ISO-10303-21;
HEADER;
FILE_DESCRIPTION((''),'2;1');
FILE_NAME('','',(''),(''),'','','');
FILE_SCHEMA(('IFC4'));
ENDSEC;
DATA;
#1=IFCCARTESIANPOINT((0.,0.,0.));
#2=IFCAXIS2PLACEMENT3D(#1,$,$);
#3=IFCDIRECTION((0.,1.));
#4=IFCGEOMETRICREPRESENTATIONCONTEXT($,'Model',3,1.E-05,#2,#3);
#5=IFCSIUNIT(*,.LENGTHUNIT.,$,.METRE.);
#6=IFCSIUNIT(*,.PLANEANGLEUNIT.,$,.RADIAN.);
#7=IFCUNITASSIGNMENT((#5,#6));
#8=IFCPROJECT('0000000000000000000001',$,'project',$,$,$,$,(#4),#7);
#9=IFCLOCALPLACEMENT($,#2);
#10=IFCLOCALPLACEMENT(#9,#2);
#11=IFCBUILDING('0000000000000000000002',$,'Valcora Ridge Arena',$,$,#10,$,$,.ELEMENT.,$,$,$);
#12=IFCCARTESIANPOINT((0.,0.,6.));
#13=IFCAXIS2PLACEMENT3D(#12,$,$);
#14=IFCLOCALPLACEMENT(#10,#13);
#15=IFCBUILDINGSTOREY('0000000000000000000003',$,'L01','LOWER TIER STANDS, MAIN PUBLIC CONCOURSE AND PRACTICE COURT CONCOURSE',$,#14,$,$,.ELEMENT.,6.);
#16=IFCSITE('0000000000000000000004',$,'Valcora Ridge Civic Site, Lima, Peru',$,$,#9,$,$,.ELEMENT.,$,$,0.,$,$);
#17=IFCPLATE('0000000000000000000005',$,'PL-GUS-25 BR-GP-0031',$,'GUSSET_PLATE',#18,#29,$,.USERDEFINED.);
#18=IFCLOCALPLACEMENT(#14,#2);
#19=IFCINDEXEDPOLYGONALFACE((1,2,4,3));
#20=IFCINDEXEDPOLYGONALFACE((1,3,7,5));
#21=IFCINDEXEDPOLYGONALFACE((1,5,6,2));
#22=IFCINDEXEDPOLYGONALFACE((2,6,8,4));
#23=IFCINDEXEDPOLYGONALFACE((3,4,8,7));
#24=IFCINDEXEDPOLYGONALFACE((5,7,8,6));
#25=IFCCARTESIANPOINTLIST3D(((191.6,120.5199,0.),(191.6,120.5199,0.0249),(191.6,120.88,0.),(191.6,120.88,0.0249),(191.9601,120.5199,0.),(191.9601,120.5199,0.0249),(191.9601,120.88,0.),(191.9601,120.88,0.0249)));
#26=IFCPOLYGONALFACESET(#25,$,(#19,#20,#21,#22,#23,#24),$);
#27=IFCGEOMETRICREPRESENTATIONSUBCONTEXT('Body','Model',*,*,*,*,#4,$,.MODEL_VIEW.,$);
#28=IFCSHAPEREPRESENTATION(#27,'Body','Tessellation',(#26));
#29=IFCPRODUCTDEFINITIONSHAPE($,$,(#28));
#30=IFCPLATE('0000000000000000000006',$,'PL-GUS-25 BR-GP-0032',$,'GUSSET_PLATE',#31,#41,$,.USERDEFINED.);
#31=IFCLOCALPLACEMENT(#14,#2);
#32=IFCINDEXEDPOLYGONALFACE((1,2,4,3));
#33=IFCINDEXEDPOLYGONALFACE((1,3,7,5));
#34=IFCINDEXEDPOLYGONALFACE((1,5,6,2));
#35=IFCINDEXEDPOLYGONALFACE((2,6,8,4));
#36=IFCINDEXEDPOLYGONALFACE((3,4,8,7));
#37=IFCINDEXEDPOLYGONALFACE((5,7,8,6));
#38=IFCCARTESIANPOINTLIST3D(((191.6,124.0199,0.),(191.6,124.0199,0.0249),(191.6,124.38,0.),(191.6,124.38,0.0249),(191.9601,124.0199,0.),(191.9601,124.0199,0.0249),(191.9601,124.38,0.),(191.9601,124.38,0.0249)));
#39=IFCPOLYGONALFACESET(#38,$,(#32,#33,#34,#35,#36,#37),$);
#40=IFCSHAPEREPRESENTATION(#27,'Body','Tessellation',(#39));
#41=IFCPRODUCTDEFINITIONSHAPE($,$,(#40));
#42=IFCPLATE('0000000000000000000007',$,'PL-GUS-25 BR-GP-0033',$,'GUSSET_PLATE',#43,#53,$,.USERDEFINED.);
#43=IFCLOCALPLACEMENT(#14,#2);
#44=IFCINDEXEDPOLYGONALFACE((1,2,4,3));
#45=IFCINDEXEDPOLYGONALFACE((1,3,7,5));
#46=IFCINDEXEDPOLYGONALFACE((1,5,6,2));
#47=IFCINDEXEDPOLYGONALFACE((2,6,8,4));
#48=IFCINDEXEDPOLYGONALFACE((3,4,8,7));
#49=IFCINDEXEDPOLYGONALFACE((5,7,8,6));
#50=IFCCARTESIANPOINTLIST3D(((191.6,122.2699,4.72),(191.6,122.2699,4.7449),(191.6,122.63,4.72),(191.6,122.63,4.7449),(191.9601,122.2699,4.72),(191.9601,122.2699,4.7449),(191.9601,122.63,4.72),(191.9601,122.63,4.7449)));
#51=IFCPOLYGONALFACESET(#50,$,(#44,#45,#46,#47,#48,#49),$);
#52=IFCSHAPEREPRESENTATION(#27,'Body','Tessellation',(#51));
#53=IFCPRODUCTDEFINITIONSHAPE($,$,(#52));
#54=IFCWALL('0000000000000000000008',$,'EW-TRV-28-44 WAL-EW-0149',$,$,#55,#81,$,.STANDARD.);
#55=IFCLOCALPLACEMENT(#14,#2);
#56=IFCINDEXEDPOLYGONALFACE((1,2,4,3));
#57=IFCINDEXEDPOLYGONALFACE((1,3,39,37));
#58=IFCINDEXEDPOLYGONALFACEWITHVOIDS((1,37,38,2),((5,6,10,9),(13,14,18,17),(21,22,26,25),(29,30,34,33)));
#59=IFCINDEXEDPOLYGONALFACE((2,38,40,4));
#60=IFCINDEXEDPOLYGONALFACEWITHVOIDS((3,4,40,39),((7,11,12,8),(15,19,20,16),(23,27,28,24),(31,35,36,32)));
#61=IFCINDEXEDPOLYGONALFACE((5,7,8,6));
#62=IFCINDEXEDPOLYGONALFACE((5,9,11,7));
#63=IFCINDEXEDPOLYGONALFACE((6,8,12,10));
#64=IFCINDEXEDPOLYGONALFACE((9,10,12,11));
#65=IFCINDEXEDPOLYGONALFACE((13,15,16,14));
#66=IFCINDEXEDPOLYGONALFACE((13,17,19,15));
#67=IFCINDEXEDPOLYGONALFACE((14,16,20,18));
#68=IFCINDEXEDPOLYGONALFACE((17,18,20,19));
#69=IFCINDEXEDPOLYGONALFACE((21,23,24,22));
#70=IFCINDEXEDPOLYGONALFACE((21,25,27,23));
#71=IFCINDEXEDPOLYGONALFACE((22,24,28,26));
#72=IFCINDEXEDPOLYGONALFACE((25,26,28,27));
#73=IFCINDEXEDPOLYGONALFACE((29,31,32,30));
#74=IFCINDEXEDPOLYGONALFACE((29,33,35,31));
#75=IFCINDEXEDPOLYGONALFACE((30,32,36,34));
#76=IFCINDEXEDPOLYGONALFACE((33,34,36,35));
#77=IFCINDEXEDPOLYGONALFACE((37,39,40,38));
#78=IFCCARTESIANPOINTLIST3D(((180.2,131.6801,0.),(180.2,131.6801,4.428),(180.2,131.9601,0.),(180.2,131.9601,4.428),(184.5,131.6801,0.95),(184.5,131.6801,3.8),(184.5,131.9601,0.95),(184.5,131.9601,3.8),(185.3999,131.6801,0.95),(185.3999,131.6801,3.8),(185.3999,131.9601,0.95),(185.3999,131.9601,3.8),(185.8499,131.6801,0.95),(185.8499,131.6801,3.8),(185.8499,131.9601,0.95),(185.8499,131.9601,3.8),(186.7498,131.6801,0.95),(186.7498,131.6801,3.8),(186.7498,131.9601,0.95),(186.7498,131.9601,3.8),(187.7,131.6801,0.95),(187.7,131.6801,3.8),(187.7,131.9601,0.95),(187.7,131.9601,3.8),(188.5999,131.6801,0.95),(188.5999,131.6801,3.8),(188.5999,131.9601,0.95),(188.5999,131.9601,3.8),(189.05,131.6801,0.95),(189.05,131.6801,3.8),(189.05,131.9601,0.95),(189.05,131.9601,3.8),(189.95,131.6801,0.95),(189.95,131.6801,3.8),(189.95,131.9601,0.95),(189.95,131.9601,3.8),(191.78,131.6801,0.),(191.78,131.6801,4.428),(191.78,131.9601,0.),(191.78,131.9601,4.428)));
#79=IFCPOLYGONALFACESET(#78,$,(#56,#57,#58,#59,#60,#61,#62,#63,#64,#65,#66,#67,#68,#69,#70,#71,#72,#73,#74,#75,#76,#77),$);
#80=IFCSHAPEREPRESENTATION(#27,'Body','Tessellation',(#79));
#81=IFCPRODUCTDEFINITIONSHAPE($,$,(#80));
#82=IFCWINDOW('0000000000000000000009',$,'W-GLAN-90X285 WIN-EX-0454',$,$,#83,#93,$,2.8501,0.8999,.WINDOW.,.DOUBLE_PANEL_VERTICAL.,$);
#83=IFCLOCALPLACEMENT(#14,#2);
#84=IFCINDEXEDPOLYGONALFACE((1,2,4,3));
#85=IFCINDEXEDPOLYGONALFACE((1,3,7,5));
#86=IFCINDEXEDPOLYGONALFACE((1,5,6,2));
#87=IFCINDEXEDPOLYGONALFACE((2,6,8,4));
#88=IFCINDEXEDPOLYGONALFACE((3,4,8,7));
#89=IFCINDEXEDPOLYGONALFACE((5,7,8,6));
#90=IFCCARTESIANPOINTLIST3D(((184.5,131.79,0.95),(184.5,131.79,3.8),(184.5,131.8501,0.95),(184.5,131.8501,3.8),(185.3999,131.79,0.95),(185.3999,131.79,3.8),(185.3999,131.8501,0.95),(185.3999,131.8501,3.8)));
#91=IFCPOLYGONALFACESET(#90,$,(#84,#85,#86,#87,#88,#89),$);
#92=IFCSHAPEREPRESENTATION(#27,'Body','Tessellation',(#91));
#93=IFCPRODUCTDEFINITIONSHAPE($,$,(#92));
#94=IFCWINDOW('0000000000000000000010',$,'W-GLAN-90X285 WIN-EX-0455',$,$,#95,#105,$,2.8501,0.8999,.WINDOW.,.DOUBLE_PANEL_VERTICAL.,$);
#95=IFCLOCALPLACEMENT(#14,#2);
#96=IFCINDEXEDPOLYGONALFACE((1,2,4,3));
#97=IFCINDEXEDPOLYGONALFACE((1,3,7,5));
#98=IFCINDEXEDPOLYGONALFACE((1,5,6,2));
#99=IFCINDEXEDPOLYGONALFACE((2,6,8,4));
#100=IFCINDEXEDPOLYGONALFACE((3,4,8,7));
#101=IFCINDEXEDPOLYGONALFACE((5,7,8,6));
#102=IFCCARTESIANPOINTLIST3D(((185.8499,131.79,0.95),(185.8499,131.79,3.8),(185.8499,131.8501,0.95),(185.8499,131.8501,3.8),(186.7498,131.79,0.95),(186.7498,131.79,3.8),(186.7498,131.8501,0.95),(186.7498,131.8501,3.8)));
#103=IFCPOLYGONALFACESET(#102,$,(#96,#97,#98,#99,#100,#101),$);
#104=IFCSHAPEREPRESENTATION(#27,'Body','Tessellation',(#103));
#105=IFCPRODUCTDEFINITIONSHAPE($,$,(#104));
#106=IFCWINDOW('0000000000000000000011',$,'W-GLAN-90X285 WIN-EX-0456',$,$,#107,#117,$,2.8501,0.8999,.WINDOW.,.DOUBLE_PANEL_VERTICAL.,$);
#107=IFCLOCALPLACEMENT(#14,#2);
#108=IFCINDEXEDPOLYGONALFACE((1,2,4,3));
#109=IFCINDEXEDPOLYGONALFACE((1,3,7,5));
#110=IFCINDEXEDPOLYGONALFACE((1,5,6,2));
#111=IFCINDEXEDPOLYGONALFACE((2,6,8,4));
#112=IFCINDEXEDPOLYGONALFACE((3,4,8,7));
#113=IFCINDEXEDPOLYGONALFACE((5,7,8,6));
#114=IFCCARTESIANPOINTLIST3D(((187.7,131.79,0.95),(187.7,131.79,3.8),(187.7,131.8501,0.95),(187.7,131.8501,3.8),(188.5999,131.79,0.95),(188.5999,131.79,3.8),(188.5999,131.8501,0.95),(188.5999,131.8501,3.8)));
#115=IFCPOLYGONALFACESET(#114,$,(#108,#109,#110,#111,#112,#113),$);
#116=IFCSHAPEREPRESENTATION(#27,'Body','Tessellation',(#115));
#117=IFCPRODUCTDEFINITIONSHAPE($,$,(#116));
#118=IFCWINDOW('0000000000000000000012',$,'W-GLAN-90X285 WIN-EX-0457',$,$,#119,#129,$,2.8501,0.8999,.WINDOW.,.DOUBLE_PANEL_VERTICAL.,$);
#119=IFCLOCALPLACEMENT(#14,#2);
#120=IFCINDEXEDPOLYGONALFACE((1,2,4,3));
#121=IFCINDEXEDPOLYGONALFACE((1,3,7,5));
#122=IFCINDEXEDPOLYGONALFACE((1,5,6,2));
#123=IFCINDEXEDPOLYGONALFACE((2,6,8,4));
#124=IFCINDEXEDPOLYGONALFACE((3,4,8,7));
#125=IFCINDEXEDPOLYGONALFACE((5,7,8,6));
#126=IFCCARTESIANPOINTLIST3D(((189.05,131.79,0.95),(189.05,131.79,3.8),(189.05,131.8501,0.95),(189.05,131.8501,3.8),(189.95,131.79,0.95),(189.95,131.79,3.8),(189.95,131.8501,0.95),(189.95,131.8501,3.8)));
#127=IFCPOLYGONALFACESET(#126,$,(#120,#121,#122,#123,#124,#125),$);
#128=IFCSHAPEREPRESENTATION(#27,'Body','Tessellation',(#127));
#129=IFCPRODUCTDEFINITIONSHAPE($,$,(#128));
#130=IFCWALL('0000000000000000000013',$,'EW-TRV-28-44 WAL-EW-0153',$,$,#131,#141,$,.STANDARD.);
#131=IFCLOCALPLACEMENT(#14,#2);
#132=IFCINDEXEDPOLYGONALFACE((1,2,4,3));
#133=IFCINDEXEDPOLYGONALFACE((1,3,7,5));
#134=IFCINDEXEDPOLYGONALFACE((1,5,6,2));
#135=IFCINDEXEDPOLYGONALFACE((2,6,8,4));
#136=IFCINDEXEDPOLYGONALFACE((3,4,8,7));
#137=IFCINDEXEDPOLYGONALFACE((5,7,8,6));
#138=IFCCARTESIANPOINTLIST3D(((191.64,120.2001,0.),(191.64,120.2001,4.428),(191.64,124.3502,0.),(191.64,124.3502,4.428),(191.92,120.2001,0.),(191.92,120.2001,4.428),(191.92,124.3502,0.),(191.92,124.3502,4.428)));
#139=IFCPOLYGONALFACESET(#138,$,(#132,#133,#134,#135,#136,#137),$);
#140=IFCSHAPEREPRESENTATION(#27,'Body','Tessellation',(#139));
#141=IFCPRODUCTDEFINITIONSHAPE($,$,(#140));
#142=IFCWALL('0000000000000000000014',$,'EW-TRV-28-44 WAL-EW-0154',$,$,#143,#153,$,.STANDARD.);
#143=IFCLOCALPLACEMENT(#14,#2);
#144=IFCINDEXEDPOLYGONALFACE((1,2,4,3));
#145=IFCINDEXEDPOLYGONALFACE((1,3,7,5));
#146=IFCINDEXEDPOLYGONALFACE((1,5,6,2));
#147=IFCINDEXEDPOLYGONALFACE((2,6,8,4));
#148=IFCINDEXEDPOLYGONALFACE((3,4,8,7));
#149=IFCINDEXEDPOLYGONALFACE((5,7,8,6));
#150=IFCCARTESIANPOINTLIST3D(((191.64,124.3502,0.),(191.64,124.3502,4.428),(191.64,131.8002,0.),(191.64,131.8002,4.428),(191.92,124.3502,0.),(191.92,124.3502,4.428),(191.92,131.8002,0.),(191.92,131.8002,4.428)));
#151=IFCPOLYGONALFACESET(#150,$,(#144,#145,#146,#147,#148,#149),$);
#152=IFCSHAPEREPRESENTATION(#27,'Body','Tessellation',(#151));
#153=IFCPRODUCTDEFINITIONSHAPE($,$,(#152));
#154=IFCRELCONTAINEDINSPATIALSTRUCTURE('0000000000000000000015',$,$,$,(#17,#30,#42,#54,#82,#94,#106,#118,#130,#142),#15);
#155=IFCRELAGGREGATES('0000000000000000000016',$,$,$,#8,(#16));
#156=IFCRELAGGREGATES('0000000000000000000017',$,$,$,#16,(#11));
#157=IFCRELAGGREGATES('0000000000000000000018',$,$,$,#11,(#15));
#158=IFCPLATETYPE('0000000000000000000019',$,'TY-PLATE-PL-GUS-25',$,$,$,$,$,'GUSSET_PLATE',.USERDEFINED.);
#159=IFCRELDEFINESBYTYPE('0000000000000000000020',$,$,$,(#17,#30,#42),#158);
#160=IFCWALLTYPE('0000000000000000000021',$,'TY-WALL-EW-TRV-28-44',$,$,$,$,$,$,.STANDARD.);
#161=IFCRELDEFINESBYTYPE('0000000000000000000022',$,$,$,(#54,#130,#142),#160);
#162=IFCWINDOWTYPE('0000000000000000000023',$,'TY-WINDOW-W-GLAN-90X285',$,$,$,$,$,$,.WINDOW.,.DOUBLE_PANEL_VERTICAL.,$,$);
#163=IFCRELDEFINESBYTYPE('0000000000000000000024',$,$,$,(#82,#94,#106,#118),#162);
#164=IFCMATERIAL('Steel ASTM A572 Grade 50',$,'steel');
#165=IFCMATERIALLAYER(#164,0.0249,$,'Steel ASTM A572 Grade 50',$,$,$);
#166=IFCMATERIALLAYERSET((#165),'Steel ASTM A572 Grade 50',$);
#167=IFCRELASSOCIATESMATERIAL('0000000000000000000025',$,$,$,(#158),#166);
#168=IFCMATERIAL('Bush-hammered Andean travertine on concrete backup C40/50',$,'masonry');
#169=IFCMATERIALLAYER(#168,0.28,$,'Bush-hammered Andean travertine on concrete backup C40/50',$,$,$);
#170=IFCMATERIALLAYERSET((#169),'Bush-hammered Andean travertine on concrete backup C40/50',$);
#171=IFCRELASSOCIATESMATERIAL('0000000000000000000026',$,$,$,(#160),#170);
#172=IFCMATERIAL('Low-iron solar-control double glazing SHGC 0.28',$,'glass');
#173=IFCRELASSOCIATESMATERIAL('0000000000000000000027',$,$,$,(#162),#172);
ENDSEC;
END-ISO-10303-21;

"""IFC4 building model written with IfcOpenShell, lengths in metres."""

from ifc_helpers import new_model, si_unit, direction, frame, frame_2d, origin, origin_2d, place, context, subcontext, project, spatial, rectangle, extrude, material, layer, layer_set, type_object, element, fill, save


model = new_model("IFC4")

# Units and contexts
model_context = context("Model", 3, precision=1e-05, world=origin(), true_north=direction((0.0, 1.0)))
body_context = subcontext(model_context, "Body", "Model", "MODEL_VIEW")
ifc_project = project(units=[si_unit("LENGTHUNIT", "METRE"), si_unit("PLANEANGLEUNIT", "RADIAN")], contexts=[model_context])

# Site, building, storey
site_placement = place(None, origin())
site = spatial("IfcSite", under=ifc_project, at=site_placement, Name="Valcora Ridge Civic Site, Lima, Peru", CompositionType="ELEMENT", RefElevation=0.0)
building_placement = place(site_placement, origin())
building = spatial("IfcBuilding", under=site, at=building_placement, Name="Valcora Ridge Arena", CompositionType="ELEMENT")
storey_placement = place(building_placement, frame((0.0, 0.0, 6.0)))
storey = spatial("IfcBuildingStorey", under=building, at=storey_placement, Name="L01", Description="LOWER TIER STANDS, MAIN PUBLIC CONCOURSE AND PRACTICE COURT CONCOURSE", CompositionType="ELEMENT", Elevation=6.0)

# Shared definitions
ifc_material_1 = material(Name="Steel ASTM A572 Grade 50", Category="steel")

# Plates
ifc_layer_1 = layer(ifc_material_1, 0.0249, Name="Steel ASTM A572 Grade 50")
ifc_layer_set_1 = layer_set([ifc_layer_1], Name="Steel ASTM A572 Grade 50")
plate_type = type_object("IfcPlateType", Name="TY-PLATE-PL-GUS-25", ElementType="GUSSET_PLATE", PredefinedType="USERDEFINED", material=ifc_layer_set_1)
for number, where, z_axis, x_axis, name in (
    (1, (191.78, 120.7, 0.0), (0.0, 0.0, 1.0), (1.0, 0.0, 0.0), "PL-GUS-25 BR-GP-0031"),
    (2, (191.78, 124.2, 0.0), (0.0, 0.0, 1.0), (1.0, 0.0, 0.0), "PL-GUS-25 BR-GP-0032"),
    (3, (191.78, 122.45, 4.72), (0.0, 0.0, 1.0), (1.0, 0.0, 0.0), "PL-GUS-25 BR-GP-0033"),
):
    element("IfcPlate", number, at=place(storey_placement, frame(where, z_axis=z_axis, x_axis=x_axis)), inside=storey, type_object=plate_type, Name=name, ObjectType="GUSSET_PLATE", PredefinedType="USERDEFINED", context=body_context, shape_type="SweptSolid", body=[
        extrude(rectangle(XDim=0.3601, YDim=0.3601, at=origin_2d()), origin(), (0.0, 0.0, 1.0), 0.0249),
    ])

# Wall, openings, windows
ifc_material_2 = material(Name="Bush-hammered Andean travertine on concrete backup C40/50", Category="masonry")
ifc_layer_2 = layer(ifc_material_2, 0.28, Name="Bush-hammered Andean travertine on concrete backup C40/50")
ifc_layer_set_2 = layer_set([ifc_layer_2], Name="Bush-hammered Andean travertine on concrete backup C40/50")
wall_type = type_object("IfcWallType", Name="TY-WALL-EW-TRV-28-44", PredefinedType="STANDARD", material=ifc_layer_set_2)
wall_1_placement = place(storey_placement, frame((180.2, 131.8201, 0.0), z_axis=(0.0, 0.0, 1.0), x_axis=(1.0, 0.0, 0.0)))
wall_1 = element("IfcWall", 4, at=wall_1_placement, inside=storey, type_object=wall_type, Name="EW-TRV-28-44 WAL-EW-0149", PredefinedType="STANDARD", context=body_context, shape_type="SweptSolid", body=[
    extrude(rectangle(XDim=11.5801, YDim=0.28, at=frame_2d((5.79, 0.0))), origin(), (0.0, 0.0, 1.0), 4.428),
])
opening_1_placement = place(wall_1_placement, frame((4.3, 0.0, 0.95)))
opening_1 = element("IfcOpeningElement", 5, at=opening_1_placement, cuts=wall_1, PredefinedType="OPENING", context=body_context, shape_type="SweptSolid", body=[
    extrude(rectangle(XDim=0.8999, YDim=2.8501, at=frame_2d((0.45, 1.425))), frame((0.0, 0.1499, 0.0), z_axis=(0.0, -1.0, 0.0), x_axis=(1.0, 0.0, 0.0)), (0.0, 0.0, 1.0), 0.3),
])
opening_2_placement = place(wall_1_placement, frame((5.6499, 0.0, 0.95)))
opening_2 = element("IfcOpeningElement", 6, at=opening_2_placement, cuts=wall_1, PredefinedType="OPENING", context=body_context, shape_type="SweptSolid", body=[
    extrude(rectangle(XDim=0.8999, YDim=2.8501, at=frame_2d((0.45, 1.425))), frame((0.0, 0.1499, 0.0), z_axis=(0.0, -1.0, 0.0), x_axis=(1.0, 0.0, 0.0)), (0.0, 0.0, 1.0), 0.3),
])
opening_3_placement = place(wall_1_placement, frame((7.5, 0.0, 0.95)))
opening_3 = element("IfcOpeningElement", 7, at=opening_3_placement, cuts=wall_1, PredefinedType="OPENING", context=body_context, shape_type="SweptSolid", body=[
    extrude(rectangle(XDim=0.8999, YDim=2.8501, at=frame_2d((0.45, 1.425))), frame((0.0, 0.1499, 0.0), z_axis=(0.0, -1.0, 0.0), x_axis=(1.0, 0.0, 0.0)), (0.0, 0.0, 1.0), 0.3),
])
opening_4_placement = place(wall_1_placement, frame((8.8501, 0.0, 0.95)))
opening_4 = element("IfcOpeningElement", 8, at=opening_4_placement, cuts=wall_1, PredefinedType="OPENING", context=body_context, shape_type="SweptSolid", body=[
    extrude(rectangle(XDim=0.8999, YDim=2.8501, at=frame_2d((0.45, 1.425))), frame((0.0, 0.1499, 0.0), z_axis=(0.0, -1.0, 0.0), x_axis=(1.0, 0.0, 0.0)), (0.0, 0.0, 1.0), 0.3),
])
ifc_material_3 = material(Name="Low-iron solar-control double glazing SHGC 0.28", Category="glass")
window_type = type_object("IfcWindowType", Name="TY-WINDOW-W-GLAN-90X285", PartitioningType="DOUBLE_PANEL_VERTICAL", PredefinedType="WINDOW", material=ifc_material_3)
window_1_placement = place(opening_1_placement, origin())
window_1 = element("IfcWindow", 9, at=window_1_placement, inside=storey, type_object=window_type, Name="W-GLAN-90X285 WIN-EX-0454", OverallHeight=2.8501, OverallWidth=0.8999, PartitioningType="DOUBLE_PANEL_VERTICAL", PredefinedType="WINDOW", context=body_context, shape_type="SweptSolid", body=[
    extrude(rectangle(XDim=0.8999, YDim=2.8501, at=frame_2d((0.45, 1.425))), frame((0.0, 0.03, 0.0), z_axis=(0.0, -1.0, 0.0), x_axis=(1.0, 0.0, 0.0)), (0.0, 0.0, 1.0), 0.0601),
])
fill(opening_1, window_1)
window_2_placement = place(opening_2_placement, origin())
window_2 = element("IfcWindow", 10, at=window_2_placement, inside=storey, type_object=window_type, Name="W-GLAN-90X285 WIN-EX-0455", OverallHeight=2.8501, OverallWidth=0.8999, PartitioningType="DOUBLE_PANEL_VERTICAL", PredefinedType="WINDOW", context=body_context, shape_type="SweptSolid", body=[
    extrude(rectangle(XDim=0.8999, YDim=2.8501, at=frame_2d((0.45, 1.425))), frame((0.0, 0.03, 0.0), z_axis=(0.0, -1.0, 0.0), x_axis=(1.0, 0.0, 0.0)), (0.0, 0.0, 1.0), 0.0601),
])
fill(opening_2, window_2)
window_3_placement = place(opening_3_placement, origin())
window_3 = element("IfcWindow", 11, at=window_3_placement, inside=storey, type_object=window_type, Name="W-GLAN-90X285 WIN-EX-0456", OverallHeight=2.8501, OverallWidth=0.8999, PartitioningType="DOUBLE_PANEL_VERTICAL", PredefinedType="WINDOW", context=body_context, shape_type="SweptSolid", body=[
    extrude(rectangle(XDim=0.8999, YDim=2.8501, at=frame_2d((0.45, 1.425))), frame((0.0, 0.03, 0.0), z_axis=(0.0, -1.0, 0.0), x_axis=(1.0, 0.0, 0.0)), (0.0, 0.0, 1.0), 0.0601),
])
fill(opening_3, window_3)
window_4_placement = place(opening_4_placement, origin())
window_4 = element("IfcWindow", 12, at=window_4_placement, inside=storey, type_object=window_type, Name="W-GLAN-90X285 WIN-EX-0457", OverallHeight=2.8501, OverallWidth=0.8999, PartitioningType="DOUBLE_PANEL_VERTICAL", PredefinedType="WINDOW", context=body_context, shape_type="SweptSolid", body=[
    extrude(rectangle(XDim=0.8999, YDim=2.8501, at=frame_2d((0.45, 1.425))), frame((0.0, 0.03, 0.0), z_axis=(0.0, -1.0, 0.0), x_axis=(1.0, 0.0, 0.0)), (0.0, 0.0, 1.0), 0.0601),
])
fill(opening_4, window_4)

# Walls
wall_2_placement = place(storey_placement, frame((191.78, 120.2, 0.0), z_axis=(0.0, 0.0, 1.0), x_axis=(0.0, 1.0, 0.0)))
element("IfcWall", 13, at=wall_2_placement, inside=storey, type_object=wall_type, Name="EW-TRV-28-44 WAL-EW-0153", PredefinedType="STANDARD", context=body_context, shape_type="SweptSolid", body=[
    extrude(rectangle(XDim=4.1501, YDim=0.28, at=frame_2d((2.0752, 0.0))), origin(), (0.0, 0.0, 1.0), 4.428),
])
wall_3_placement = place(storey_placement, frame((191.78, 124.3501, 0.0), z_axis=(0.0, 0.0, 1.0), x_axis=(0.0, 1.0, 0.0)))
element("IfcWall", 14, at=wall_3_placement, inside=storey, type_object=wall_type, Name="EW-TRV-28-44 WAL-EW-0154", PredefinedType="STANDARD", context=body_context, shape_type="SweptSolid", body=[
    extrude(rectangle(XDim=7.45, YDim=0.28, at=frame_2d((3.7251, 0.0))), origin(), (0.0, 0.0, 1.0), 4.428),
])

save(model, "model.ifc")
